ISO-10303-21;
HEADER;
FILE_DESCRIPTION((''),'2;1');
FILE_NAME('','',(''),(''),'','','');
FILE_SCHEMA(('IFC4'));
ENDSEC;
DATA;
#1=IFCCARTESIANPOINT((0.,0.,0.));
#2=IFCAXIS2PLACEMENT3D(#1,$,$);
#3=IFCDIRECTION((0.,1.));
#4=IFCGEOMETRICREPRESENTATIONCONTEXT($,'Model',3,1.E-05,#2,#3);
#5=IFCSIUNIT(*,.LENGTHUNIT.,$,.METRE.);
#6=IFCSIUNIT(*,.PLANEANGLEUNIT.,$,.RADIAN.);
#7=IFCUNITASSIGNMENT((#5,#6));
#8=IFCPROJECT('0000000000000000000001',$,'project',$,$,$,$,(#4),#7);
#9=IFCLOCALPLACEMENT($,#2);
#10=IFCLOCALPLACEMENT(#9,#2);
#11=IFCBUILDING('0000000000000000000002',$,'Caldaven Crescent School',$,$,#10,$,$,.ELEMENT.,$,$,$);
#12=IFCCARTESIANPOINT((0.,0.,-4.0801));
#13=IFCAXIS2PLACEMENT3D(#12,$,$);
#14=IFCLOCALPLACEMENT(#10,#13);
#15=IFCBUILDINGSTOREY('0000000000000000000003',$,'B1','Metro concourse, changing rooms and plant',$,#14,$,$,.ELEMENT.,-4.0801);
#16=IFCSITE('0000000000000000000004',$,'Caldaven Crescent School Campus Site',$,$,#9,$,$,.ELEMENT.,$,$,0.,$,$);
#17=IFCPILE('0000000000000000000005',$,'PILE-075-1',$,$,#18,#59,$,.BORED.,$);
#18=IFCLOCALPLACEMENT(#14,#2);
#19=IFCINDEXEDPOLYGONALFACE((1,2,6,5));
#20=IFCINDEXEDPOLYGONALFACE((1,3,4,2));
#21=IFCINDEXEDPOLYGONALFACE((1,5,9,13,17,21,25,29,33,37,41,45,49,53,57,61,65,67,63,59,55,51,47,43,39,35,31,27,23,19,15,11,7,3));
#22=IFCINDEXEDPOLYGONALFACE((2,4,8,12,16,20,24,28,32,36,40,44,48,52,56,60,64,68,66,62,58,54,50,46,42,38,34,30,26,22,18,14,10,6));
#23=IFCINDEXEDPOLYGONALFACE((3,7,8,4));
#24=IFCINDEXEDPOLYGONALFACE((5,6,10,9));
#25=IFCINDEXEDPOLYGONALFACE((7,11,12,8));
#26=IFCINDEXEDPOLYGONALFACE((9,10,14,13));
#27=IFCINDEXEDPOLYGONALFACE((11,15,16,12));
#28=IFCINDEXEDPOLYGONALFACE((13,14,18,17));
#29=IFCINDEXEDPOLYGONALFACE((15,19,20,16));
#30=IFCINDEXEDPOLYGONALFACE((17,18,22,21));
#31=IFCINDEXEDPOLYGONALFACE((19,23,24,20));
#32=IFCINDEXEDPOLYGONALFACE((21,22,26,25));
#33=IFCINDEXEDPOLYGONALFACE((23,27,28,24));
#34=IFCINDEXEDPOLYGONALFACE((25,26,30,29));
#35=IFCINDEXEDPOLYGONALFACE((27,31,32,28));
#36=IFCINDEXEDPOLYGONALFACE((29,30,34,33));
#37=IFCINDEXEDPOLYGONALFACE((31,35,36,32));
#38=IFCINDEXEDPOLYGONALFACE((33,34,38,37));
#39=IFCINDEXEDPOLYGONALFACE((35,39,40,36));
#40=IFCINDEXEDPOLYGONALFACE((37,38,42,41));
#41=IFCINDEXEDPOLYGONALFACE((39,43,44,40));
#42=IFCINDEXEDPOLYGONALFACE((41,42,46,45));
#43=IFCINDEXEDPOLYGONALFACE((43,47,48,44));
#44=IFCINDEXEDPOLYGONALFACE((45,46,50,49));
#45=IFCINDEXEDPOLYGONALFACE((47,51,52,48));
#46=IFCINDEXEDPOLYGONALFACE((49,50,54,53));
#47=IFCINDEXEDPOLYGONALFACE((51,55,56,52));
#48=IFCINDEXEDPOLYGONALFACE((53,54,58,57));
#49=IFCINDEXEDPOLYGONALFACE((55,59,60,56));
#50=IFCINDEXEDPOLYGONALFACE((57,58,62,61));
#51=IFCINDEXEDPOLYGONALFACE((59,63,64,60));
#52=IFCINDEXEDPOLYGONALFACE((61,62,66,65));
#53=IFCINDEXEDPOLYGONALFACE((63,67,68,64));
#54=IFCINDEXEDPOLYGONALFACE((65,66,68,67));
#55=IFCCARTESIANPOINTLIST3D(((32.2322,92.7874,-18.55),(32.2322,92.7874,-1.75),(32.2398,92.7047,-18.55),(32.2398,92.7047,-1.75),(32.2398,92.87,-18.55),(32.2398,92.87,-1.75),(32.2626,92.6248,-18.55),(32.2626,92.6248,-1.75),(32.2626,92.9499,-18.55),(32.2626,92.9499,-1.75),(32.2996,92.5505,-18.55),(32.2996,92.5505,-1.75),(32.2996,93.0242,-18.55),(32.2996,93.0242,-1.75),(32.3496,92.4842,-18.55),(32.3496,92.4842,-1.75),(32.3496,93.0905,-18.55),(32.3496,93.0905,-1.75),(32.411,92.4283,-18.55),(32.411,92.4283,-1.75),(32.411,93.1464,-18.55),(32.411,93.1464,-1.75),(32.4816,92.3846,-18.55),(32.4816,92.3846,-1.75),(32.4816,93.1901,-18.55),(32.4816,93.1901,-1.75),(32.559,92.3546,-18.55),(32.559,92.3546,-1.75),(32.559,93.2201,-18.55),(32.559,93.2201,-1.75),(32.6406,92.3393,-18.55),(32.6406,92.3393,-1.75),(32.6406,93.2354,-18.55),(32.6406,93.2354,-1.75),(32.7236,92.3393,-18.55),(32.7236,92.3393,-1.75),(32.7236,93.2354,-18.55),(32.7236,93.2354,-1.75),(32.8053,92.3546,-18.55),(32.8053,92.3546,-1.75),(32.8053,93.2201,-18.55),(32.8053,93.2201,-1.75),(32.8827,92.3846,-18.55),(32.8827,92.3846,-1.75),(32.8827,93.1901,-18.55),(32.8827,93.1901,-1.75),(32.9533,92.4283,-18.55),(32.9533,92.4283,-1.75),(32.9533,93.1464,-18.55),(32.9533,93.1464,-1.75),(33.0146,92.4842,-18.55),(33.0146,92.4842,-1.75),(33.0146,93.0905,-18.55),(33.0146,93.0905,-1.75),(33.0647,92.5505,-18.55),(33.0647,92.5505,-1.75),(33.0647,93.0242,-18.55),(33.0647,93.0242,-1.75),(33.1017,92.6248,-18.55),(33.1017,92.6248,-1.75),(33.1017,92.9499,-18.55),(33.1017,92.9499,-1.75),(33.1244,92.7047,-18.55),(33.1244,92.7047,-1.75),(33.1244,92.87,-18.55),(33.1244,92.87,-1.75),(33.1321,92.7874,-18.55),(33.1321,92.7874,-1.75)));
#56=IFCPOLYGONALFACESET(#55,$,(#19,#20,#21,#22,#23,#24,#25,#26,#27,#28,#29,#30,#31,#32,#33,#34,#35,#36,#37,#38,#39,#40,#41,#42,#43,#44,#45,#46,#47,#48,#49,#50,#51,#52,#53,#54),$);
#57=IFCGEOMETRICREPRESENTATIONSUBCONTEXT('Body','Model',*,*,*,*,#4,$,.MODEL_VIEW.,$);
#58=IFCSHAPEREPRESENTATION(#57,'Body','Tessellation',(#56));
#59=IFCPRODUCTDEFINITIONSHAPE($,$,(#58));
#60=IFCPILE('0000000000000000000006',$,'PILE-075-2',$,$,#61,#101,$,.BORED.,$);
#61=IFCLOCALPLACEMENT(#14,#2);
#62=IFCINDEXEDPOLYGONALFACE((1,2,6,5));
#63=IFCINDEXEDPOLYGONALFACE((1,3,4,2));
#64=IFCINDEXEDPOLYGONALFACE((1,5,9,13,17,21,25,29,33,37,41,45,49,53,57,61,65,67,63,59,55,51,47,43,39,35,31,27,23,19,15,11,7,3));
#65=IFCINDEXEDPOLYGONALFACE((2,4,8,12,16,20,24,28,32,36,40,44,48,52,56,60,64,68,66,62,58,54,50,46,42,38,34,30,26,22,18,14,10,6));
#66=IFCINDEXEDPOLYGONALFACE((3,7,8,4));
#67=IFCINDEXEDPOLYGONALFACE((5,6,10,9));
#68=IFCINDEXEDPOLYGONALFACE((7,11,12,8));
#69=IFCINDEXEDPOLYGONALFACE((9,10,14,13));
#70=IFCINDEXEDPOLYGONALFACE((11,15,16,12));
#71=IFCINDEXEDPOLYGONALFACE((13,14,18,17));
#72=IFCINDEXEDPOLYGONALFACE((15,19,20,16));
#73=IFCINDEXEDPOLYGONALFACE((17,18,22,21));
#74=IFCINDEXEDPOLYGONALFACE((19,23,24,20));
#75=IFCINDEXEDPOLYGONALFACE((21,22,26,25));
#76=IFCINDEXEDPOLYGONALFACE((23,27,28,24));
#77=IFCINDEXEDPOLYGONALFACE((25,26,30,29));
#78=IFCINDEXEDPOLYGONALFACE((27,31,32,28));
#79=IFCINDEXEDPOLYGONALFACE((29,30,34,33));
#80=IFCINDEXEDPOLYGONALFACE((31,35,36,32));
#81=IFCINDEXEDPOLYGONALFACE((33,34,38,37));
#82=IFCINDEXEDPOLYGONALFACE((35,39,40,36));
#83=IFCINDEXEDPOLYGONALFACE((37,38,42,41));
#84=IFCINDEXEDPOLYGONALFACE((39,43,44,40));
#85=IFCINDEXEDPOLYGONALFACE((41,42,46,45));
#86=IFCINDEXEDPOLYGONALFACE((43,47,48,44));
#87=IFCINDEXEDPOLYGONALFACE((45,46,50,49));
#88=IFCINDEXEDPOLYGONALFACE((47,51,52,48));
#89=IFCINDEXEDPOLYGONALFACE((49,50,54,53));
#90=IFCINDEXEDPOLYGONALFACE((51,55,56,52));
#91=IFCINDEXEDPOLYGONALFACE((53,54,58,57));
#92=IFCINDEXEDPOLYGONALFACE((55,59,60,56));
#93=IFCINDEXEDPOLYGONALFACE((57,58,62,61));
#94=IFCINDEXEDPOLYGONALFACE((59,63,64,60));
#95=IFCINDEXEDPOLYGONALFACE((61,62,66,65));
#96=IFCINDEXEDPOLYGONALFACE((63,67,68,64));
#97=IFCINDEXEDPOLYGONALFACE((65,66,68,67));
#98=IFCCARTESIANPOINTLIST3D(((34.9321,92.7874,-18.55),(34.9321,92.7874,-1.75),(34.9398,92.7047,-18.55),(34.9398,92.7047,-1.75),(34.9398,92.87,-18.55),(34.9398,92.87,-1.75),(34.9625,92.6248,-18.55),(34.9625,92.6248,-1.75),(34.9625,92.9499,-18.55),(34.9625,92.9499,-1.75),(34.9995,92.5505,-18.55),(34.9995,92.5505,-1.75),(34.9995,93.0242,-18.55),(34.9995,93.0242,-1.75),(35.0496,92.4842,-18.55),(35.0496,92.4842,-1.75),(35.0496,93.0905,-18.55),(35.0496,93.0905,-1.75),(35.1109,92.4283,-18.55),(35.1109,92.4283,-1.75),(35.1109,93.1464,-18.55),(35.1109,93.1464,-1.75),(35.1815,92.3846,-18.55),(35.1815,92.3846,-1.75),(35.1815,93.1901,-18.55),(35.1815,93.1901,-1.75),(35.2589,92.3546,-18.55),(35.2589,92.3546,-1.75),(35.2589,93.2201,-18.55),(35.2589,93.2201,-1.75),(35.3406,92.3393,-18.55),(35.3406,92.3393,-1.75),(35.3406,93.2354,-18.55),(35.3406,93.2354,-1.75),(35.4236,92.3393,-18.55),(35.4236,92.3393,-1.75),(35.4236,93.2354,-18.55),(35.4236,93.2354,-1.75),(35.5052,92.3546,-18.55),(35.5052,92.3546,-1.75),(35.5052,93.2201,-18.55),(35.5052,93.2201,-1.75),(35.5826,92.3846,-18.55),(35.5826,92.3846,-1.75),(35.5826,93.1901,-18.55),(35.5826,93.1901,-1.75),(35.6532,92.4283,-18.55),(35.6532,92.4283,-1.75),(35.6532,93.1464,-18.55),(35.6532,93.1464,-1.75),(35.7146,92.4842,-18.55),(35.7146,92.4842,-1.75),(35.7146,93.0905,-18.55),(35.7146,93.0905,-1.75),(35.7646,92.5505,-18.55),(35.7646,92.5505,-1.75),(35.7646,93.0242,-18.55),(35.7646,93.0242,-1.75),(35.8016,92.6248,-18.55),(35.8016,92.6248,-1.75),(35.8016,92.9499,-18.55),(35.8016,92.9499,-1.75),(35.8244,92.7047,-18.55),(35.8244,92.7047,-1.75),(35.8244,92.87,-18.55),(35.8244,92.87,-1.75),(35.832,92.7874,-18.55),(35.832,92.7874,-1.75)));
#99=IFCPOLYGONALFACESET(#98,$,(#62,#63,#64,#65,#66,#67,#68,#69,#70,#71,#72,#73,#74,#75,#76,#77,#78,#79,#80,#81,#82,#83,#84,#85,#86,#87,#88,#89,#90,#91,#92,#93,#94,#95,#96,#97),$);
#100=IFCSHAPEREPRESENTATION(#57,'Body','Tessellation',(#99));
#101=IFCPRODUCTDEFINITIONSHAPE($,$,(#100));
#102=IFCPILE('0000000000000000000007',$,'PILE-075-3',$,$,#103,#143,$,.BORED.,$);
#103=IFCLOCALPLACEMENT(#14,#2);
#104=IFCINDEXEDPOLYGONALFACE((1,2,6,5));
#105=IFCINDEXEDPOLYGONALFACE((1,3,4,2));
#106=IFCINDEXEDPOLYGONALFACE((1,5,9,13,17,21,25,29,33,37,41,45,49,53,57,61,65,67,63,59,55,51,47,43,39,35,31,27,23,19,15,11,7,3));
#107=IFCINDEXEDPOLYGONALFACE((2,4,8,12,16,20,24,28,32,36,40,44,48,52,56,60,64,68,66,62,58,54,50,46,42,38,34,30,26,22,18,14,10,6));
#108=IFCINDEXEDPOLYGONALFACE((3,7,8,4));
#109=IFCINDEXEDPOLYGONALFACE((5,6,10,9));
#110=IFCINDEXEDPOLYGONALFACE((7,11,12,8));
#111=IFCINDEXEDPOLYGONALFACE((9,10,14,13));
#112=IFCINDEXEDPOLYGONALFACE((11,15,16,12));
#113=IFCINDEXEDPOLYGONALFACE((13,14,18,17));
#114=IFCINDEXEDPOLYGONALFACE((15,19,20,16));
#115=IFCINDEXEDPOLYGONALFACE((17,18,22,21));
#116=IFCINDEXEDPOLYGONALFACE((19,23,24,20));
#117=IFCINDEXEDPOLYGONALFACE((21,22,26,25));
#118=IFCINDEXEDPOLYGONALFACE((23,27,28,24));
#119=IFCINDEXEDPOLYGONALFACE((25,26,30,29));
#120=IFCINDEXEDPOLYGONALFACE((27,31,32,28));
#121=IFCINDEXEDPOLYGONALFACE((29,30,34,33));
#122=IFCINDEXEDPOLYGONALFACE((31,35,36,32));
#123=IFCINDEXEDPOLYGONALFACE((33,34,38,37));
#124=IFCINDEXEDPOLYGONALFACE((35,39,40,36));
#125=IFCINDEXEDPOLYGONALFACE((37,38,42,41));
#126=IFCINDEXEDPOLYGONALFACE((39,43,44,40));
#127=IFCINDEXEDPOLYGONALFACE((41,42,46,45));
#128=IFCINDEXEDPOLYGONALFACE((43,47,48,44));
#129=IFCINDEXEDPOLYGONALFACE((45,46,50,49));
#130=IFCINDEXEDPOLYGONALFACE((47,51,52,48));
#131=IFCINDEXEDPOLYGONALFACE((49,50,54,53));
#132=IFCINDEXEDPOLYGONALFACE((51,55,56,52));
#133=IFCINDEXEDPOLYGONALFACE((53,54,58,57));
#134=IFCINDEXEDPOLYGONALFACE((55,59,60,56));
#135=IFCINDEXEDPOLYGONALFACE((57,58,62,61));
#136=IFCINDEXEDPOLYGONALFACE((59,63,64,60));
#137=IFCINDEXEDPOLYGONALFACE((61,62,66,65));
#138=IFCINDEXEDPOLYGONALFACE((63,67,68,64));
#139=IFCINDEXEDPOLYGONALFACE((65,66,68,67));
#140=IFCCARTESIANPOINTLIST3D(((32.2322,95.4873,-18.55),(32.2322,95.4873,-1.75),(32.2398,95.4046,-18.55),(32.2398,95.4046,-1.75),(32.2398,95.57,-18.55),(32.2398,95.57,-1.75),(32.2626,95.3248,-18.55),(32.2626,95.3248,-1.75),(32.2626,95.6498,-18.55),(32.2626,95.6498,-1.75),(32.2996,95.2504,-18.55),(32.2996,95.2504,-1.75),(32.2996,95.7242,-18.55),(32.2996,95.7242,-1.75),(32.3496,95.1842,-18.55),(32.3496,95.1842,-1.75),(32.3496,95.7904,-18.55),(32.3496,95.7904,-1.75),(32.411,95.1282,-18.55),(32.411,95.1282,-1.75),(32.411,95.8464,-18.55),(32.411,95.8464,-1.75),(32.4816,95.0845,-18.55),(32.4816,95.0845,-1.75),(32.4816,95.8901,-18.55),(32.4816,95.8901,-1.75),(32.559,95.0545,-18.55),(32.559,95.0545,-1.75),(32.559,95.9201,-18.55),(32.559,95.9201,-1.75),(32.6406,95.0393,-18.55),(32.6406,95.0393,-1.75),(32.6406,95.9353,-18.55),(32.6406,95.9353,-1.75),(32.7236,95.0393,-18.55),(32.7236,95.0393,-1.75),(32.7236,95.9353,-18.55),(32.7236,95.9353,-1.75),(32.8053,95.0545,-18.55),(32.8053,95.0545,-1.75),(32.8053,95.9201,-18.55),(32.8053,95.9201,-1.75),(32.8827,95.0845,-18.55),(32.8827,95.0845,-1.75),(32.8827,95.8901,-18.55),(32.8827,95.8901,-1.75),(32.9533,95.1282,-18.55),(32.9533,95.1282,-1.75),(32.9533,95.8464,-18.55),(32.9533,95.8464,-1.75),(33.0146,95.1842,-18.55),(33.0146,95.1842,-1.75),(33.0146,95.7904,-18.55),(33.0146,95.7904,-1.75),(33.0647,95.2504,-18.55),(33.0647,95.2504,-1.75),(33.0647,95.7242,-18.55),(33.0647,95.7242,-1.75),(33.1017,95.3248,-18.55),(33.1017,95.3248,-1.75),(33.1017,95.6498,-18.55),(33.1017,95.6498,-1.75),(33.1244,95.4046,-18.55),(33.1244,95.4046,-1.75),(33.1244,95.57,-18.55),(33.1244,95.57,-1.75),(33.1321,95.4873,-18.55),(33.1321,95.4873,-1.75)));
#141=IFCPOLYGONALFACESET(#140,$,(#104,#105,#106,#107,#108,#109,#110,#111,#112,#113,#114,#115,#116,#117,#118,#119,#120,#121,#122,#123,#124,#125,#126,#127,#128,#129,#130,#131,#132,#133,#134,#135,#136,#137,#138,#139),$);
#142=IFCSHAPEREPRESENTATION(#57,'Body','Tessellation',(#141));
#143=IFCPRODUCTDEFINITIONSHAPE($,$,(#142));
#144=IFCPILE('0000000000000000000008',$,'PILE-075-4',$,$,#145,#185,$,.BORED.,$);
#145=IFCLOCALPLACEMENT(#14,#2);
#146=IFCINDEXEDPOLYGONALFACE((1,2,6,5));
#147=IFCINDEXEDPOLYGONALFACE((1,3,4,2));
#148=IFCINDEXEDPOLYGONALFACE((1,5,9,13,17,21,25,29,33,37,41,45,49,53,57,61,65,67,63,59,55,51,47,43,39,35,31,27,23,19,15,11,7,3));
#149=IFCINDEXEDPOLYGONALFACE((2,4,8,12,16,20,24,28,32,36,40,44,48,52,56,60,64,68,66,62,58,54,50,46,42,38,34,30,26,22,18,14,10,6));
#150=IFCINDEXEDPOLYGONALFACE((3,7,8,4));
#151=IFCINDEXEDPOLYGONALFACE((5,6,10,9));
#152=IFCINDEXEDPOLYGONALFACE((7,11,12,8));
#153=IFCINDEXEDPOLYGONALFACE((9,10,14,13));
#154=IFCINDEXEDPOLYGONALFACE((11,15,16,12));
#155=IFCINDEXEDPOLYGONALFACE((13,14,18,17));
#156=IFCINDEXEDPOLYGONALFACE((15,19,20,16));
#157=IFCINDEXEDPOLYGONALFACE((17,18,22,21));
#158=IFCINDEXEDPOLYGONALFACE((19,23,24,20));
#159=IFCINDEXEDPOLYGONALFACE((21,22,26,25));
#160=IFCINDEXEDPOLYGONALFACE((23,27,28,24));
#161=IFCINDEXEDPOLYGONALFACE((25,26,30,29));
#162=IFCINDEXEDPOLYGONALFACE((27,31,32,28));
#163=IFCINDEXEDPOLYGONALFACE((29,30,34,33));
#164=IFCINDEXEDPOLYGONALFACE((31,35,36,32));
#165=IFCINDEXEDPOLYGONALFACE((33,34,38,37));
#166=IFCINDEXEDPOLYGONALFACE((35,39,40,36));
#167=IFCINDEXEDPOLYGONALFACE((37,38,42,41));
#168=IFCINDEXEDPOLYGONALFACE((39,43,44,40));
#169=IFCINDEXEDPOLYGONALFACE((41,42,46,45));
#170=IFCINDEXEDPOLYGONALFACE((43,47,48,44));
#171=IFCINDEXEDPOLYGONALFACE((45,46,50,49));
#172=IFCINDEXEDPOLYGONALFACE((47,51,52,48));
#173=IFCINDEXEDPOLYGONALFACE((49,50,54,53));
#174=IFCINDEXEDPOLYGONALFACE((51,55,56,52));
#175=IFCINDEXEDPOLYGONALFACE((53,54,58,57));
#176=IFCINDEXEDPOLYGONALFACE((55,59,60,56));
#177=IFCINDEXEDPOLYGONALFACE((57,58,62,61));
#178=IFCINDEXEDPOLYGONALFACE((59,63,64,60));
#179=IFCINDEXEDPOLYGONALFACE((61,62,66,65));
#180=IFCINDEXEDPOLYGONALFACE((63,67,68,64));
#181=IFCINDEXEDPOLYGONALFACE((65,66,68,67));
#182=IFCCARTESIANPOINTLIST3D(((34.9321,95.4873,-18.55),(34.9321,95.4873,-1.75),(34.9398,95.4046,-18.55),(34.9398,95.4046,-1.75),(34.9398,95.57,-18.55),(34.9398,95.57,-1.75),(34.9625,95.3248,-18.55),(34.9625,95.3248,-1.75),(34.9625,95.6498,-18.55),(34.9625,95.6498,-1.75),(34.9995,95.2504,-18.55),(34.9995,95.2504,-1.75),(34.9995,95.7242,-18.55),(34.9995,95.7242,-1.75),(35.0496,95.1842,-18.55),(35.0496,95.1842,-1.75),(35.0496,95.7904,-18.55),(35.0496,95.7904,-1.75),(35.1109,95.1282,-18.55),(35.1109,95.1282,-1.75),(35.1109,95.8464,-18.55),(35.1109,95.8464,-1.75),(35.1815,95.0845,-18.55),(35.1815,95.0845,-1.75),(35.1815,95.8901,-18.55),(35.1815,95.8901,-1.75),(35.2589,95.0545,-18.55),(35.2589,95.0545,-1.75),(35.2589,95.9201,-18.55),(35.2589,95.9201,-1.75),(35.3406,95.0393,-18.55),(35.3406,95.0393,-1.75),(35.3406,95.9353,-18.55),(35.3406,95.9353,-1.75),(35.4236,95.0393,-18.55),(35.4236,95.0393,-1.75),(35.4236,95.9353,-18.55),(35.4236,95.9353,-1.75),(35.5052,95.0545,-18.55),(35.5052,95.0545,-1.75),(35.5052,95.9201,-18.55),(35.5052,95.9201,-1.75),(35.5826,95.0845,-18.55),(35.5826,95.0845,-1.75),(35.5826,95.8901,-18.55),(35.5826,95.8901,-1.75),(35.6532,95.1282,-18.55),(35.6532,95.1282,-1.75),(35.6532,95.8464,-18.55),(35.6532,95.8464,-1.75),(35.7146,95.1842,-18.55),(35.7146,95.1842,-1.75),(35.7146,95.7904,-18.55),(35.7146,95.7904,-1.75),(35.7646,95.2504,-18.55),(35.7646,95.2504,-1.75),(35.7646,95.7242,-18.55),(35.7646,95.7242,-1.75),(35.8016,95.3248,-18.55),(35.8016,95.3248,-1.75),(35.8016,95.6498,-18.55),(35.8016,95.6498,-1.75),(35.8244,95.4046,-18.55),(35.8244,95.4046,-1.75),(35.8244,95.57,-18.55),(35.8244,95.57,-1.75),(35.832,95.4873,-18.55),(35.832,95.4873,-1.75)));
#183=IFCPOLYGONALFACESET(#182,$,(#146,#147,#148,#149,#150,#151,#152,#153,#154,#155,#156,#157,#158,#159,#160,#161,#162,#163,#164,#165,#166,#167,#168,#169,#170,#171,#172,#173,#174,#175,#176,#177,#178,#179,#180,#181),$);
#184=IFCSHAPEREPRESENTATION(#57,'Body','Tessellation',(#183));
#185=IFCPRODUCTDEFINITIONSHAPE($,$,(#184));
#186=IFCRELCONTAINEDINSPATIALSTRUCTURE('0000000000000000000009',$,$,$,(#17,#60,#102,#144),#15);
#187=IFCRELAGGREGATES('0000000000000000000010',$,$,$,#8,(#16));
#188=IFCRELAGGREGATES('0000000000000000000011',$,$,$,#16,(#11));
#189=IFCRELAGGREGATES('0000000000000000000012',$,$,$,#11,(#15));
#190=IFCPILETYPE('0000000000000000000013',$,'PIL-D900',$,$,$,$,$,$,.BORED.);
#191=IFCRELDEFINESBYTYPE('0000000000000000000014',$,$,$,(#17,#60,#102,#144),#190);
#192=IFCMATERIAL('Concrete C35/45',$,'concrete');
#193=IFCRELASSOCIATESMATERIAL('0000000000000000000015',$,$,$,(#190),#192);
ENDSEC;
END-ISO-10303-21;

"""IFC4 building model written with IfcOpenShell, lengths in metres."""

from ifc_helpers import new_model, si_unit, direction, frame, origin, origin_2d, place, context, subcontext, project, spatial, circle, extrude, material, material_profile, profile_set, type_object, element, save


model = new_model("IFC4")

# Units and contexts
model_context = context("Model", 3, precision=1e-05, world=origin(), true_north=direction((0.0, 1.0)))
body_context = subcontext(model_context, "Body", "Model", "MODEL_VIEW")
ifc_project = project(units=[si_unit("LENGTHUNIT", "METRE"), si_unit("PLANEANGLEUNIT", "RADIAN")], contexts=[model_context])

# Site, building, storey
site_placement = place(None, origin())
site = spatial("IfcSite", under=ifc_project, at=site_placement, Name="Caldaven Crescent School Campus Site", CompositionType="ELEMENT", RefElevation=0.0)
building_placement = place(site_placement, origin())
building = spatial("IfcBuilding", under=site, at=building_placement, Name="Caldaven Crescent School", CompositionType="ELEMENT")
storey_placement = place(building_placement, frame((0.0, 0.0, -4.0801)))
storey = spatial("IfcBuildingStorey", under=building, at=storey_placement, Name="B1", Description="Metro concourse, changing rooms and plant", CompositionType="ELEMENT", Elevation=-4.0801)

# Shared definitions
ifc_material_1 = material(Name="Concrete C35/45", Category="concrete")

# Piles
ifc_material_profile_1 = material_profile(ifc_material_1, circle(Radius=0.45, at=origin_2d()), Name="PILE D900")
ifc_profile_set_1 = profile_set([ifc_material_profile_1], Name="Concrete C35/45")
pile_type = type_object("IfcPileType", Name="PIL-D900", PredefinedType="BORED", material=ifc_profile_set_1)
for number, where, z_axis, x_axis, name in (
    (1, (32.6821, 92.7874, -1.75), (0.0, 0.0, -1.0), (1.0, 0.0, 0.0), "PILE-075-1"),
    (2, (35.3821, 92.7874, -1.75), (0.0, 0.0, -1.0), (1.0, 0.0, 0.0), "PILE-075-2"),
    (3, (32.6821, 95.4873, -1.75), (0.0, 0.0, -1.0), (1.0, 0.0, 0.0), "PILE-075-3"),
    (4, (35.3821, 95.4873, -1.75), (0.0, 0.0, -1.0), (1.0, 0.0, 0.0), "PILE-075-4"),
):
    element("IfcPile", number, at=place(storey_placement, frame(where, z_axis=z_axis, x_axis=x_axis)), inside=storey, type_object=pile_type, Name=name, PredefinedType="BORED", context=body_context, shape_type="SweptSolid", body=[
        extrude(circle(Radius=0.45, at=origin_2d()), origin(), (0.0, 0.0, 1.0), 16.8),
    ])

save(model, "model.ifc")
